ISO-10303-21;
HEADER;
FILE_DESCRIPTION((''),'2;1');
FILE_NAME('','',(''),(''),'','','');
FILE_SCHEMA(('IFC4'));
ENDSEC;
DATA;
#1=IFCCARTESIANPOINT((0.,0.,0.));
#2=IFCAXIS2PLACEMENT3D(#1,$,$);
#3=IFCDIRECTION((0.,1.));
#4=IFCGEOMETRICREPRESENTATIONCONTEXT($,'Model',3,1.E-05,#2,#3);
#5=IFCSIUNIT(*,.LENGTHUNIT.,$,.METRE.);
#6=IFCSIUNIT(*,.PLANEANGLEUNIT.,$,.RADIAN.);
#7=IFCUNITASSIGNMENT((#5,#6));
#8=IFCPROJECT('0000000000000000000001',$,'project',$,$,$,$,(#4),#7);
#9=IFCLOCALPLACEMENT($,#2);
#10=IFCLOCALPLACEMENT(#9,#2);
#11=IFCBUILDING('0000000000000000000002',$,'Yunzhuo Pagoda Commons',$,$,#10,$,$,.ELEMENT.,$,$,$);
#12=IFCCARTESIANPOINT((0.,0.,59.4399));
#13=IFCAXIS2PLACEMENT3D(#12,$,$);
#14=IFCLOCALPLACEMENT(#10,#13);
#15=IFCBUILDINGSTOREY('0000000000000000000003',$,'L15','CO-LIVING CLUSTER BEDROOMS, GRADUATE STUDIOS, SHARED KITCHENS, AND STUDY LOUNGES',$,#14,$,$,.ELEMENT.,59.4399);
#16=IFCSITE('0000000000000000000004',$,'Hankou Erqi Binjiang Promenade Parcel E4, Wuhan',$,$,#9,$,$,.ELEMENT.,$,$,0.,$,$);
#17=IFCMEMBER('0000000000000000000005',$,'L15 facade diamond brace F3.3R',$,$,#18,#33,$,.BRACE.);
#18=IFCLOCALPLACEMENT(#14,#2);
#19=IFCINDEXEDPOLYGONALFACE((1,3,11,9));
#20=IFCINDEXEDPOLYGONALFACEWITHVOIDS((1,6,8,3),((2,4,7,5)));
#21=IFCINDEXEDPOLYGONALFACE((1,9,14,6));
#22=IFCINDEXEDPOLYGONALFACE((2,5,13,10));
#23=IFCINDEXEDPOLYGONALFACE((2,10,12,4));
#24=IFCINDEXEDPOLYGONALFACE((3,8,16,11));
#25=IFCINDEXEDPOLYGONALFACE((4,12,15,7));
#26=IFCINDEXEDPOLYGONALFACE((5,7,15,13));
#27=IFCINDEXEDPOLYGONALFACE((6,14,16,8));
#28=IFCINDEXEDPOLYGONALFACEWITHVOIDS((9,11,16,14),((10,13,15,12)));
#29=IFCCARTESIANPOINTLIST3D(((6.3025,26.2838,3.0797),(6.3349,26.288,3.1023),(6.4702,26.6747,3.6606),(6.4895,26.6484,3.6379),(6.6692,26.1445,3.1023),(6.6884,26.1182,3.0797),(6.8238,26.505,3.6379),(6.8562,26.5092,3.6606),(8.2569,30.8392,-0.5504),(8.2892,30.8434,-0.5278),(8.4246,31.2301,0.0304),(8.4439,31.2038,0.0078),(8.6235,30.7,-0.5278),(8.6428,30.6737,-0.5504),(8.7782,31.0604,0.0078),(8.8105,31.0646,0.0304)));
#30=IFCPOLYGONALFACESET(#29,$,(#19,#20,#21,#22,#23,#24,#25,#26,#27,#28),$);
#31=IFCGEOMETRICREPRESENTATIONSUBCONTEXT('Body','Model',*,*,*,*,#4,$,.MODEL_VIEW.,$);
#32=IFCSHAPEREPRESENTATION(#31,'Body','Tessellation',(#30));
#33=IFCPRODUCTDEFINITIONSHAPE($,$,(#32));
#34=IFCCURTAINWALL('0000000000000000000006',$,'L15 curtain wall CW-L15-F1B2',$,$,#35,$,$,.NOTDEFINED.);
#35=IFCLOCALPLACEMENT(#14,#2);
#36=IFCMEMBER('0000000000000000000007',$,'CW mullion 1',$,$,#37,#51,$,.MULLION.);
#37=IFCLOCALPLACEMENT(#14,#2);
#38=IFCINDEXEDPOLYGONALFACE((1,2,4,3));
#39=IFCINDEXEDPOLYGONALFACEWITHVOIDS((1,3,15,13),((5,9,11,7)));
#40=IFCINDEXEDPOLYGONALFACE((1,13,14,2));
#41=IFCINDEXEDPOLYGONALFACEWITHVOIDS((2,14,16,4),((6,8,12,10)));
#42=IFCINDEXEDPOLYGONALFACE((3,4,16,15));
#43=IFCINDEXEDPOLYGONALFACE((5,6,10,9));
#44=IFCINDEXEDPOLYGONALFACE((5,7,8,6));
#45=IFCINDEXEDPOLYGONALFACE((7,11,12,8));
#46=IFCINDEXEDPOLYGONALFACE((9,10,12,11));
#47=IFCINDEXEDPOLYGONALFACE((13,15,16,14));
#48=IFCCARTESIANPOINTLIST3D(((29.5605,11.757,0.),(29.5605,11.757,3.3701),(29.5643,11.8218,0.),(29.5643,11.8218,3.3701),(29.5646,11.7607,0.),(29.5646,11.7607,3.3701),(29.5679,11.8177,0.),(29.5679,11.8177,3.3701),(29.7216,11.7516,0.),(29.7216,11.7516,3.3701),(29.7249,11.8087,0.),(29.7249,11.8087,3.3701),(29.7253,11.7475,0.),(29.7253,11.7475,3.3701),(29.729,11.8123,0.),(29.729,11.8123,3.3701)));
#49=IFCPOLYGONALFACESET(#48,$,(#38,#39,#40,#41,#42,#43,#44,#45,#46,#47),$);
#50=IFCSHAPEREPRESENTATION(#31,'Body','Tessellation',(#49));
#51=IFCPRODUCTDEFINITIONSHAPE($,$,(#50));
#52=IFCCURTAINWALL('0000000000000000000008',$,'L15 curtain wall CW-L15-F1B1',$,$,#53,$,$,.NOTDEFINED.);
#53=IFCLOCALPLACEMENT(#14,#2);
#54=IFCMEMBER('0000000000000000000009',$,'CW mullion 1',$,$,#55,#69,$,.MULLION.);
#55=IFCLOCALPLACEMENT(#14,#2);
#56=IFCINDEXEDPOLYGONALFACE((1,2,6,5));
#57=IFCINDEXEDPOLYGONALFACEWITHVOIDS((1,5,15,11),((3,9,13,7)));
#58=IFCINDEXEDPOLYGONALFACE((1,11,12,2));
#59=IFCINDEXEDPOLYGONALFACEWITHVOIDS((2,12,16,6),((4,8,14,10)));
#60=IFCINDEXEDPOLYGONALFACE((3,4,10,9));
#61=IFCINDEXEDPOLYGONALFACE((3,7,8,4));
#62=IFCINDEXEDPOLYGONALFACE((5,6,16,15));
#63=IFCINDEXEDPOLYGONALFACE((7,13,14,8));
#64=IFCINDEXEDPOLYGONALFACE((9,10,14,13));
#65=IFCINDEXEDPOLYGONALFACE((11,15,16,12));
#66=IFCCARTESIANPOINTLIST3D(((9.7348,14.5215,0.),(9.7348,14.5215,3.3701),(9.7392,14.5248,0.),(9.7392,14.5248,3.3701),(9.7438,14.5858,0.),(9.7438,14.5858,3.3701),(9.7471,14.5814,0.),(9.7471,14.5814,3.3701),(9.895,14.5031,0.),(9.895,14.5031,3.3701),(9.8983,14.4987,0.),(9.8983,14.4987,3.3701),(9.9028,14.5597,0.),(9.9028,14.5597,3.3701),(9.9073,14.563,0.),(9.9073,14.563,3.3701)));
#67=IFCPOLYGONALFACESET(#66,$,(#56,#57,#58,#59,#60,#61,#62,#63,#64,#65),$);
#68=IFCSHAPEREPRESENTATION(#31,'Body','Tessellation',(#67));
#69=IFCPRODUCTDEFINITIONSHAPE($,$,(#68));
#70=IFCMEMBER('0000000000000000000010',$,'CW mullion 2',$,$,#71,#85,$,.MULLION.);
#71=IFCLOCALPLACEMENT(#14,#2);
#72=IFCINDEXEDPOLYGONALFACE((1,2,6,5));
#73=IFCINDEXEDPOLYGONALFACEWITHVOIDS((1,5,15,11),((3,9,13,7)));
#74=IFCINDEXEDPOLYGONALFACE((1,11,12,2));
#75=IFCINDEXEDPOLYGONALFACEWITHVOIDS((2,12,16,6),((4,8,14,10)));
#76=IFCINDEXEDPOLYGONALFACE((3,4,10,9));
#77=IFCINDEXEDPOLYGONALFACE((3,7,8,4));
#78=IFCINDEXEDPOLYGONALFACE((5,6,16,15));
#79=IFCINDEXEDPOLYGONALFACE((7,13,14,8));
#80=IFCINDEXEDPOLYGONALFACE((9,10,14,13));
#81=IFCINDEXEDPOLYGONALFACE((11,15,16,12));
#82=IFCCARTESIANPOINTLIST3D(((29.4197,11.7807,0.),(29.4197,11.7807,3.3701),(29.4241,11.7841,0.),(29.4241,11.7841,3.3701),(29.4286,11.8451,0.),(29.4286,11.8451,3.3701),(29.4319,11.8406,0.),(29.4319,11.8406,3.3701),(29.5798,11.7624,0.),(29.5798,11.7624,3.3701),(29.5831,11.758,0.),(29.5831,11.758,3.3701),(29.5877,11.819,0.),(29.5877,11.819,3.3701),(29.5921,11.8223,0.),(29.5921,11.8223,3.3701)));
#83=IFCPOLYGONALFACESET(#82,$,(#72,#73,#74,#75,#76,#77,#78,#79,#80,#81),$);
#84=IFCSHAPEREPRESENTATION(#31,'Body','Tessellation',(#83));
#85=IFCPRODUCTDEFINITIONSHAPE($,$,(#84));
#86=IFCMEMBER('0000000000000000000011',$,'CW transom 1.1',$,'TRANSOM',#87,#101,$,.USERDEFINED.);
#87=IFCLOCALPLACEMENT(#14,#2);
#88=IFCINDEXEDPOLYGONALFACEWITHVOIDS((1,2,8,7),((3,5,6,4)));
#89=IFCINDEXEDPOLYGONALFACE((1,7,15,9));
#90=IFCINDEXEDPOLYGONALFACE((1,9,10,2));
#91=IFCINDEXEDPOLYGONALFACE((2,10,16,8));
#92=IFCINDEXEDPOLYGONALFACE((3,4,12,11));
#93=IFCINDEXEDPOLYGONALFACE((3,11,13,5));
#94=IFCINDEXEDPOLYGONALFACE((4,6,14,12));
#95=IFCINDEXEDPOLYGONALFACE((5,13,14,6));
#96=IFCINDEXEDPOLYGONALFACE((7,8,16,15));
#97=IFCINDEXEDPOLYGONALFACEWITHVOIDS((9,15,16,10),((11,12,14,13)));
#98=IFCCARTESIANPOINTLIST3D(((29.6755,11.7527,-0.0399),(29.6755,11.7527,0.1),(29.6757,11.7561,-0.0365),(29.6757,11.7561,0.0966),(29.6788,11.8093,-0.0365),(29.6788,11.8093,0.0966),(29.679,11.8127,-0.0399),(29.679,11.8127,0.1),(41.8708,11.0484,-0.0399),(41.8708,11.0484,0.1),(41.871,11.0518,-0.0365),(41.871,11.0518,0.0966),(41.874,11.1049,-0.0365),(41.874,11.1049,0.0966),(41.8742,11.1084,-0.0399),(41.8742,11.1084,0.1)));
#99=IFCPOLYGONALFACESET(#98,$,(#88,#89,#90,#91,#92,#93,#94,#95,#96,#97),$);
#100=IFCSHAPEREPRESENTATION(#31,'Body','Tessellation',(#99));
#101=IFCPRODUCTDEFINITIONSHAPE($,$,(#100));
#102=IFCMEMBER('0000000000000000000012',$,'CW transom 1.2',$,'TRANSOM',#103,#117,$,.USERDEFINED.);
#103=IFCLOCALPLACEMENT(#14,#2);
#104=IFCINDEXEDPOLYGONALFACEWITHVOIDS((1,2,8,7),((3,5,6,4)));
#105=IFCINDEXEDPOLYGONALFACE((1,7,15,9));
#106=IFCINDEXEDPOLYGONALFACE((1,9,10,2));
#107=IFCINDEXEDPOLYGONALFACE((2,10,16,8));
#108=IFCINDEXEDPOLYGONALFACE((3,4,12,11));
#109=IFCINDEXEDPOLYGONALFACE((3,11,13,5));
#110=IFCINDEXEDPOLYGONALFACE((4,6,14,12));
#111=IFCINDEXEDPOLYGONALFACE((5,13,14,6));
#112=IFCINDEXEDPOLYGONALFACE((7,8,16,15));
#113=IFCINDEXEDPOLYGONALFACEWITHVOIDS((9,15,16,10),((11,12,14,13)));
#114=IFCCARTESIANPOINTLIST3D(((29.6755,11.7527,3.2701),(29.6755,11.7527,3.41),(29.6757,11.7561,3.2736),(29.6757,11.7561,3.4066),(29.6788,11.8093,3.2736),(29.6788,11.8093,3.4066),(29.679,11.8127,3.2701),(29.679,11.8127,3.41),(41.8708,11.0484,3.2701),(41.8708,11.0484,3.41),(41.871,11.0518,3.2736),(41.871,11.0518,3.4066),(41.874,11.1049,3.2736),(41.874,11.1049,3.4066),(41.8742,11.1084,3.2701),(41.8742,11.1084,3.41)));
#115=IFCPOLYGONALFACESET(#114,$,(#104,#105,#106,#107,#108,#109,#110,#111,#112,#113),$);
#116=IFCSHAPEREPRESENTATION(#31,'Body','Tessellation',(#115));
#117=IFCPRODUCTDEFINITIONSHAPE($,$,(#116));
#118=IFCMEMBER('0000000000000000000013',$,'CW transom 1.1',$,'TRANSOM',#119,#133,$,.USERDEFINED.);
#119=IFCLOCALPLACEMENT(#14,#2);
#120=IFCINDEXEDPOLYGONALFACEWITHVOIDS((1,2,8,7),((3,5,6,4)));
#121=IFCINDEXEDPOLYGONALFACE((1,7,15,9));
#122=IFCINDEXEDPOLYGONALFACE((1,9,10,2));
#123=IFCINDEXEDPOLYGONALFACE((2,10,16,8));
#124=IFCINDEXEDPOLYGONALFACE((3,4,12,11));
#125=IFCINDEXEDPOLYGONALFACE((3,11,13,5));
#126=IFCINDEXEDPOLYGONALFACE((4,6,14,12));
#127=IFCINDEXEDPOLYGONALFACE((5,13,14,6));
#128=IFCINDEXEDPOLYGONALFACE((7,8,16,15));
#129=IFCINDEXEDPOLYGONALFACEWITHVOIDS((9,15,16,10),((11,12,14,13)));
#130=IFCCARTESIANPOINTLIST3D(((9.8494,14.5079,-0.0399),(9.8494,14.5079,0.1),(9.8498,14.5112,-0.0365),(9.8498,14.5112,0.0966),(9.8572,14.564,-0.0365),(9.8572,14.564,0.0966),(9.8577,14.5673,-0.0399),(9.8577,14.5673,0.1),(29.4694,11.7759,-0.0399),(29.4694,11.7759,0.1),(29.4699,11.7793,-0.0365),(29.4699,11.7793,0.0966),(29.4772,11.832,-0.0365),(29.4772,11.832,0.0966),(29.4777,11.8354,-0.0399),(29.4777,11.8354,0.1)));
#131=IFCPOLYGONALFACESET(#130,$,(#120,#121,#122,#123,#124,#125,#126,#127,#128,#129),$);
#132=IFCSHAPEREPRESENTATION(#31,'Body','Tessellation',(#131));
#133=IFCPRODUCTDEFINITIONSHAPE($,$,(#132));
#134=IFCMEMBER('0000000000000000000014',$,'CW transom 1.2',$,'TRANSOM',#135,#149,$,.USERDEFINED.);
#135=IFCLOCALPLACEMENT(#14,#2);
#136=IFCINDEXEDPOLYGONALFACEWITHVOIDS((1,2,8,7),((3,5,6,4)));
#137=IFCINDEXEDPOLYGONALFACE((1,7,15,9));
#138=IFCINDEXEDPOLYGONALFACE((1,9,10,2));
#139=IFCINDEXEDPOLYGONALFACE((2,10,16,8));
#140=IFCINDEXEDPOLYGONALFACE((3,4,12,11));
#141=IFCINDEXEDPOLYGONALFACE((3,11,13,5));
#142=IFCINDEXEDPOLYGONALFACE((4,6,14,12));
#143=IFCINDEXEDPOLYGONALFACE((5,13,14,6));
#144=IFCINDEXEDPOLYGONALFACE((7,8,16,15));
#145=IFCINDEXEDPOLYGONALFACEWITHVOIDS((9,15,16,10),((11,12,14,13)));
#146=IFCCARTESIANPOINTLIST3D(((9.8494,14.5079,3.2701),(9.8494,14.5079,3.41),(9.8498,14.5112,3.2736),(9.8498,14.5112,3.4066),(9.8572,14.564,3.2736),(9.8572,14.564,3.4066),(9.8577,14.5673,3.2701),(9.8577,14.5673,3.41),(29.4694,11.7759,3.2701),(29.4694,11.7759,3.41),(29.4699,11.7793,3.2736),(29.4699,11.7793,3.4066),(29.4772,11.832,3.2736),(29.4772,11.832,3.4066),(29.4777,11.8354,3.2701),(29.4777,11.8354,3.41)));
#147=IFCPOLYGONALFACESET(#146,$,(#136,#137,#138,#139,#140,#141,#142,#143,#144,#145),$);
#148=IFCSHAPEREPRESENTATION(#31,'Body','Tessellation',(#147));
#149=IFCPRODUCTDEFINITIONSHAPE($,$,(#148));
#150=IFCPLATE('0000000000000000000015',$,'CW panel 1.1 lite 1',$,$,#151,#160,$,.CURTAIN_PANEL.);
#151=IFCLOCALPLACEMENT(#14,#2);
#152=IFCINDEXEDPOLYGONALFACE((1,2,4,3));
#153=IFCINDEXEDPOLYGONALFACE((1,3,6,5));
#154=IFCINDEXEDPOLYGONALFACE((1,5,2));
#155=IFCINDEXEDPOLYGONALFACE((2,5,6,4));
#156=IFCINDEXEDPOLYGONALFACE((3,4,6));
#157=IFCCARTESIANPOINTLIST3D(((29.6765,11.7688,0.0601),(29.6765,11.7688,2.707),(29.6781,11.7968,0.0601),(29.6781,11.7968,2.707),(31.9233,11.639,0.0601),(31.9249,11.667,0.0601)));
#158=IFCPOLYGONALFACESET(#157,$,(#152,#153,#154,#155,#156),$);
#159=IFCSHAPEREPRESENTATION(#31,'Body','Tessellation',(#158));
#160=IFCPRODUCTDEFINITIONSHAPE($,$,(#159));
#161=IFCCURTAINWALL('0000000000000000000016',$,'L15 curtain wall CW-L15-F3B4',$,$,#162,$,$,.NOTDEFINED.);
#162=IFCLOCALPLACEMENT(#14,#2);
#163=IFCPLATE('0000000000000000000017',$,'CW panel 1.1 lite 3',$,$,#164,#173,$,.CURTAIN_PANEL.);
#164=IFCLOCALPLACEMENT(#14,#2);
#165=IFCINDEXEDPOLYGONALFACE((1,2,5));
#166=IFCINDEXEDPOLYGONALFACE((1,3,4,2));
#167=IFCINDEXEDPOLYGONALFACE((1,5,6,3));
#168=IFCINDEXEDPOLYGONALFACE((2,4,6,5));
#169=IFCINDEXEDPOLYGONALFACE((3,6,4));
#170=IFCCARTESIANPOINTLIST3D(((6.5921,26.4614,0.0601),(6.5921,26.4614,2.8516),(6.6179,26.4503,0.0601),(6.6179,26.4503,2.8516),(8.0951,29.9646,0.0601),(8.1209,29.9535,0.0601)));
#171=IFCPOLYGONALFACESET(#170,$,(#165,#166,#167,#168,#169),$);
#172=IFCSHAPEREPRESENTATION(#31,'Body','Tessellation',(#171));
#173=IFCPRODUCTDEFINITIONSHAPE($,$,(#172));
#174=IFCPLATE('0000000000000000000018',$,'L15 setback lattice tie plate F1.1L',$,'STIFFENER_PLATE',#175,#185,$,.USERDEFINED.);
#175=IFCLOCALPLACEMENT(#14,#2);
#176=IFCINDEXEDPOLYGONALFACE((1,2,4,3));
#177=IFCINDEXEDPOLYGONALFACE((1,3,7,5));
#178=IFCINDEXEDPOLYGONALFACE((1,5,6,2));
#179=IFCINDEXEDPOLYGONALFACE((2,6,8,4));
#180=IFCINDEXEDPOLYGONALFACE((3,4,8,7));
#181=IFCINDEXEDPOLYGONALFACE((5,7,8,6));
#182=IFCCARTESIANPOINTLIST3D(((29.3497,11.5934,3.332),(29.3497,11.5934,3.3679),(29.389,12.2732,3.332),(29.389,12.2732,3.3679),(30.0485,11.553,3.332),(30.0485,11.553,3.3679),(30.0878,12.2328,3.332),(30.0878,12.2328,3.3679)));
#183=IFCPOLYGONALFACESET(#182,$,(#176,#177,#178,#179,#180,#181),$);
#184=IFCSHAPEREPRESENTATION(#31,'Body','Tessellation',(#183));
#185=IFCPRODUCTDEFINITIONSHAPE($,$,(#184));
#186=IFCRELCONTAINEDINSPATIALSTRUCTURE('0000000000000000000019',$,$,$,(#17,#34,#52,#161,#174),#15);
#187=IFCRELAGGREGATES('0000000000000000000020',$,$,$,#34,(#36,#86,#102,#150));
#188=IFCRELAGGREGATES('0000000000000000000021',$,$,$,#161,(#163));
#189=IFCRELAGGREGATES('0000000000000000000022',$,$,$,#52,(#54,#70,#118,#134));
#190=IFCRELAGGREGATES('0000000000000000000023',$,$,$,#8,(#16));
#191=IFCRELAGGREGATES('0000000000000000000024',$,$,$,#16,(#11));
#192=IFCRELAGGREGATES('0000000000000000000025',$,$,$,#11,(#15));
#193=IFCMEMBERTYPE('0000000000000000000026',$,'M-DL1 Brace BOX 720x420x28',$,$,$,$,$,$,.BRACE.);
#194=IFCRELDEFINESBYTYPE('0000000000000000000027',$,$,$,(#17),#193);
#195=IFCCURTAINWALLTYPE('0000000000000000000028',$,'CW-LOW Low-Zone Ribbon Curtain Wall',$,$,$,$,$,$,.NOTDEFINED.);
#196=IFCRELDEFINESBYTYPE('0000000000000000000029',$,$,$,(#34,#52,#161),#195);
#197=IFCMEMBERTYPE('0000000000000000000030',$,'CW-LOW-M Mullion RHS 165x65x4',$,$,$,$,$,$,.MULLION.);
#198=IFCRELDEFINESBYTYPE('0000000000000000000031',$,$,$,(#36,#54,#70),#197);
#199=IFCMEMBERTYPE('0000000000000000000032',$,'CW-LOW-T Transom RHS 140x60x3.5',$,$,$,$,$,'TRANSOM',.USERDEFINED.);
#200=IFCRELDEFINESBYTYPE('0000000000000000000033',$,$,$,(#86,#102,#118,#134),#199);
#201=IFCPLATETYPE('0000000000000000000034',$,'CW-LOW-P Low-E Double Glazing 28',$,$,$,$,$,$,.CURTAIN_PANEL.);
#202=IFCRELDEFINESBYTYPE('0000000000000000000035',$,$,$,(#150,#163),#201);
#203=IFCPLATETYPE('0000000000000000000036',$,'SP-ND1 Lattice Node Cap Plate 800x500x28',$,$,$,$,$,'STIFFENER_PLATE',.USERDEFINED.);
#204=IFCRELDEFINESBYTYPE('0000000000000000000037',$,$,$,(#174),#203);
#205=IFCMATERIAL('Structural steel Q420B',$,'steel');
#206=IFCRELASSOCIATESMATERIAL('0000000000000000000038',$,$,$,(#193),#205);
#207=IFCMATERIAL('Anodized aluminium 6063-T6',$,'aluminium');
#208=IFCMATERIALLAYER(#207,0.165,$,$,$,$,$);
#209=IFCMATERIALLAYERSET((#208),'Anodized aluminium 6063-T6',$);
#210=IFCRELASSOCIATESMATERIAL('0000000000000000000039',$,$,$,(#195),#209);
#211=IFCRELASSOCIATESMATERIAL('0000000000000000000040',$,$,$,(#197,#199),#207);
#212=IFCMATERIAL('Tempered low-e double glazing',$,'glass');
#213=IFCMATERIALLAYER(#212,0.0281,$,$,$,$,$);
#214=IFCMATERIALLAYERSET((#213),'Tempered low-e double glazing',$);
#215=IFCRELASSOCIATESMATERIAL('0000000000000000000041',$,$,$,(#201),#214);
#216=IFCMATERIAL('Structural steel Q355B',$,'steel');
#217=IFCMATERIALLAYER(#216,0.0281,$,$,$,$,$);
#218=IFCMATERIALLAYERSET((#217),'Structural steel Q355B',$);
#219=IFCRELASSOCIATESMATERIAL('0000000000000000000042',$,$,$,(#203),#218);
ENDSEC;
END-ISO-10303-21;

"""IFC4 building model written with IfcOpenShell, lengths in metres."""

from ifc_helpers import new_model, si_unit, direction, frame, origin, origin_2d, place, context, subcontext, project, spatial, polyline, rectangle, hollow_rectangle, outline, extrude, source, transform, mapped, material, layer, layer_set, material_profile, profile_set, type_object, element, aggregate, save


model = new_model("IFC4")

# Units and contexts
model_context = context("Model", 3, precision=1e-05, world=origin(), true_north=direction((0.0, 1.0)))
body_context = subcontext(model_context, "Body", "Model", "MODEL_VIEW")
ifc_project = project(units=[si_unit("LENGTHUNIT", "METRE"), si_unit("PLANEANGLEUNIT", "RADIAN")], contexts=[model_context])

# Site, building, storey
site_placement = place(None, origin())
site = spatial("IfcSite", under=ifc_project, at=site_placement, Name="Hankou Erqi Binjiang Promenade Parcel E4, Wuhan", CompositionType="ELEMENT", RefElevation=0.0)
building_placement = place(site_placement, origin())
building = spatial("IfcBuilding", under=site, at=building_placement, Name="Yunzhuo Pagoda Commons", CompositionType="ELEMENT")
storey_placement = place(building_placement, frame((0.0, 0.0, 59.4399)))
storey = spatial("IfcBuildingStorey", under=building, at=storey_placement, Name="L15", Description="CO-LIVING CLUSTER BEDROOMS, GRADUATE STUDIOS, SHARED KITCHENS, AND STUDY LOUNGES", CompositionType="ELEMENT", Elevation=59.4399)

# Shared definitions
ifc_material_1 = material(Name="Structural steel Q420B", Category="steel")

# Shared definitions
ifc_material_2 = material(Name="Structural steel Q355B", Category="steel")

# Member
ifc_material_profile_1 = material_profile(ifc_material_1, hollow_rectangle(XDim=0.4199, YDim=0.72, WallThickness=0.0281, at=origin_2d()), Name="Structural steel Q420B")
ifc_profile_set_1 = profile_set([ifc_material_profile_1], Name="Structural steel Q420B")
member_type_1 = type_object("IfcMemberType", Name="M-DL1 Brace BOX 720x420x28", PredefinedType="BRACE", material=ifc_profile_set_1)
shared_shape_1 = source(origin(), body_context, "Body", "SweptSolid", [
    extrude(hollow_rectangle(XDim=0.4199, YDim=0.72, WallThickness=0.0281, at=origin_2d()), origin(), (0.0, 0.0, 1.0), 6.144),
])
member_1_placement = place(storey_placement, frame((8.5337, 30.9519, -0.26), z_axis=(-0.318088, -0.741438, 0.590838), x_axis=(0.918997, -0.394264, 0.0)))
element("IfcMember", 1, at=member_1_placement, inside=storey, type_object=member_type_1, Name="L15 facade diamond brace F3.3R", PredefinedType="BRACE", context=body_context, shape_type="MappedRepresentation", body=[
    mapped(shared_shape_1, transform((0.0, 0.0, 0.0), scale=1.0)),
])

# Curtain wall, member
ifc_material_3 = material(Name="Anodized aluminium 6063-T6", Category="aluminium")
ifc_layer_1 = layer(ifc_material_3, 0.165)
ifc_layer_set_1 = layer_set([ifc_layer_1], Name="Anodized aluminium 6063-T6")
curtain_wall_type = type_object("IfcCurtainWallType", Name="CW-LOW Low-Zone Ribbon Curtain Wall", PredefinedType="NOTDEFINED", material=ifc_layer_set_1)
curtain_wall_1_placement = place(storey_placement, origin())
curtain_wall_1 = element("IfcCurtainWall", 2, at=curtain_wall_1_placement, inside=storey, type_object=curtain_wall_type, Name="L15 curtain wall CW-L15-F1B2", PredefinedType="NOTDEFINED")
ifc_material_profile_2 = material_profile(ifc_material_3, hollow_rectangle(XDim=0.0649, YDim=0.165, WallThickness=0.0039, at=origin_2d()), Name="Anodized aluminium 6063-T6")
ifc_profile_set_2 = profile_set([ifc_material_profile_2], Name="Anodized aluminium 6063-T6")
member_type_2 = type_object("IfcMemberType", Name="CW-LOW-M Mullion RHS 165x65x4", PredefinedType="MULLION", material=ifc_profile_set_2)
shared_shape_2 = source(origin(), body_context, "Body", "SweptSolid", [
    extrude(hollow_rectangle(XDim=0.0649, YDim=0.165, WallThickness=0.0039, at=origin_2d()), origin(), (0.0, 0.0, 1.0), 3.3701),
])
member_2_placement = place(storey_placement, frame((29.6448, 11.7847, 0.0), z_axis=(0.0, 0.0, 1.0), x_axis=(0.057664, 0.998336, 0.0)))
member_2 = element("IfcMember", 3, at=member_2_placement, type_object=member_type_2, Name="CW mullion 1", PredefinedType="MULLION", context=body_context, shape_type="MappedRepresentation", body=[
    mapped(shared_shape_2, transform((0.0, 0.0, 0.0), scale=1.0)),
])

# Curtain wall, members
curtain_wall_2_placement = place(storey_placement, origin())
curtain_wall_2 = element("IfcCurtainWall", 4, at=curtain_wall_2_placement, inside=storey, type_object=curtain_wall_type, Name="L15 curtain wall CW-L15-F1B1", PredefinedType="NOTDEFINED")
member_3_placement = place(storey_placement, frame((9.821, 14.5422, 0.0), z_axis=(0.0, 0.0, 1.0), x_axis=(0.137905, 0.990445, 0.0)))
member_3 = element("IfcMember", 5, at=member_3_placement, type_object=member_type_2, Name="CW mullion 1", PredefinedType="MULLION", context=body_context, shape_type="MappedRepresentation", body=[
    mapped(shared_shape_2, transform((0.0, 0.0, 0.0), scale=1.0)),
])
member_4_placement = place(storey_placement, frame((29.5059, 11.8015, 0.0), z_axis=(0.0, 0.0, 1.0), x_axis=(0.137905, 0.990445, 0.0)))
member_4 = element("IfcMember", 6, at=member_4_placement, type_object=member_type_2, Name="CW mullion 2", PredefinedType="MULLION", context=body_context, shape_type="MappedRepresentation", body=[
    mapped(shared_shape_2, transform((0.0, 0.0, 0.0), scale=1.0)),
])

# Members
ifc_material_profile_3 = material_profile(ifc_material_3, hollow_rectangle(XDim=0.0601, YDim=0.1399, WallThickness=0.0034, at=origin_2d()), Name="Anodized aluminium 6063-T6")
ifc_profile_set_3 = profile_set([ifc_material_profile_3], Name="Anodized aluminium 6063-T6")
member_type_3 = type_object("IfcMemberType", Name="CW-LOW-T Transom RHS 140x60x3.5", ElementType="TRANSOM", PredefinedType="USERDEFINED", material=ifc_profile_set_3)
shared_shape_3 = source(origin(), body_context, "Body", "SweptSolid", [
    extrude(hollow_rectangle(XDim=0.0601, YDim=0.1399, WallThickness=0.0034, at=origin_2d()), origin(), (0.0, 0.0, 1.0), 12.2156),
])
member_5_placement = place(storey_placement, frame((29.6772, 11.7827, 0.03), z_axis=(0.998336, -0.057659, 0.0), x_axis=(0.057659, 0.998336, 0.0)))
member_5 = element("IfcMember", 7, at=member_5_placement, type_object=member_type_3, Name="CW transom 1.1", ObjectType="TRANSOM", PredefinedType="USERDEFINED", context=body_context, shape_type="MappedRepresentation", body=[
    mapped(shared_shape_3, transform((0.0, 0.0, 0.0), scale=1.0)),
])
member_6_placement = place(storey_placement, frame((29.6772, 11.7827, 3.3401), z_axis=(0.998336, -0.057659, 0.0), x_axis=(0.057659, 0.998336, 0.0)))
member_6 = element("IfcMember", 8, at=member_6_placement, type_object=member_type_3, Name="CW transom 1.2", ObjectType="TRANSOM", PredefinedType="USERDEFINED", context=body_context, shape_type="MappedRepresentation", body=[
    mapped(shared_shape_3, transform((0.0, 0.0, 0.0), scale=1.0)),
])
shared_shape_4 = source(origin(), body_context, "Body", "SweptSolid", [
    extrude(hollow_rectangle(XDim=0.0601, YDim=0.1399, WallThickness=0.0034, at=origin_2d()), origin(), (0.0, 0.0, 1.0), 19.8093),
])
member_7_placement = place(storey_placement, frame((9.8535, 14.5376, 0.03), z_axis=(0.990445, -0.137911, 0.0), x_axis=(0.137911, 0.990445, 0.0)))
member_7 = element("IfcMember", 9, at=member_7_placement, type_object=member_type_3, Name="CW transom 1.1", ObjectType="TRANSOM", PredefinedType="USERDEFINED", context=body_context, shape_type="MappedRepresentation", body=[
    mapped(shared_shape_4, transform((0.0, 0.0, 0.0), scale=1.0)),
])
member_8_placement = place(storey_placement, frame((9.8535, 14.5376, 3.3401), z_axis=(0.990445, -0.137911, 0.0), x_axis=(0.137911, 0.990445, 0.0)))
member_8 = element("IfcMember", 10, at=member_8_placement, type_object=member_type_3, Name="CW transom 1.2", ObjectType="TRANSOM", PredefinedType="USERDEFINED", context=body_context, shape_type="MappedRepresentation", body=[
    mapped(shared_shape_4, transform((0.0, 0.0, 0.0), scale=1.0)),
])

# Plate
ifc_material_4 = material(Name="Tempered low-e double glazing", Category="glass")
ifc_layer_2 = layer(ifc_material_4, 0.0281)
ifc_layer_set_2 = layer_set([ifc_layer_2], Name="Tempered low-e double glazing")
plate_type_1 = type_object("IfcPlateType", Name="CW-LOW-P Low-E Double Glazing 28", PredefinedType="CURTAIN_PANEL", material=ifc_layer_set_2)
plate_1_placement = place(storey_placement, frame((30.8015, 11.7319, 1.3835), z_axis=(-0.057664, -0.998336, 0.0), x_axis=(0.998336, -0.057664, 0.0)))
plate_1 = element("IfcPlate", 11, at=plate_1_placement, type_object=plate_type_1, Name="CW panel 1.1 lite 1", PredefinedType="CURTAIN_PANEL", context=body_context, shape_type="SweptSolid", body=[
    extrude(outline(polyline([(-1.1252, -1.3235), (1.1252, -1.3235), (-1.1252, 1.3235), (-1.1252, -1.3235)])), origin(), (0.0, 0.0, 1.0), 0.0281),
])
aggregate(curtain_wall_1, [member_2, member_5, member_6, plate_1])

# Curtain wall, plate
curtain_wall_3_placement = place(storey_placement, origin())
curtain_wall_3 = element("IfcCurtainWall", 12, at=curtain_wall_3_placement, inside=storey, type_object=curtain_wall_type, Name="L15 curtain wall CW-L15-F3B4", PredefinedType="NOTDEFINED")
plate_2_placement = place(storey_placement, frame((7.3694, 28.2019, 1.4558), z_axis=(-0.918993, 0.394274, 0.0), x_axis=(-0.394274, -0.918993, 0.0)))
plate_2 = element("IfcPlate", 13, at=plate_2_placement, type_object=plate_type_1, Name="CW panel 1.1 lite 3", PredefinedType="CURTAIN_PANEL", context=body_context, shape_type="SweptSolid", body=[
    extrude(outline(polyline([(-1.906, -1.3958), (1.906, -1.3958), (1.906, 1.3958), (-1.906, -1.3958)])), origin(), (0.0, 0.0, 1.0), 0.0281),
])
aggregate(curtain_wall_3, [plate_2])

# Plate
ifc_layer_3 = layer(ifc_material_2, 0.0281)
ifc_layer_set_3 = layer_set([ifc_layer_3], Name="Structural steel Q355B")
plate_type_2 = type_object("IfcPlateType", Name="SP-ND1 Lattice Node Cap Plate 800x500x28", ElementType="STIFFENER_PLATE", PredefinedType="USERDEFINED", material=ifc_layer_set_3)
shared_shape_5 = source(origin(), body_context, "Body", "SweptSolid", [
    extrude(rectangle(XDim=0.7, YDim=0.6809, at=origin_2d()), origin(), (0.0, 0.0, 1.0), 0.0359),
])
plate_3_placement = place(storey_placement, frame((29.7188, 11.9131, 3.332), z_axis=(0.0, 0.0, 1.0), x_axis=(0.998336, -0.057669, 0.0)))
element("IfcPlate", 14, at=plate_3_placement, inside=storey, type_object=plate_type_2, Name="L15 setback lattice tie plate F1.1L", ObjectType="STIFFENER_PLATE", PredefinedType="USERDEFINED", context=body_context, shape_type="MappedRepresentation", body=[
    mapped(shared_shape_5, transform((0.0, 0.0, 0.0), scale=1.0)),
])
aggregate(curtain_wall_2, [member_3, member_4, member_7, member_8])

save(model, "model.ifc")
